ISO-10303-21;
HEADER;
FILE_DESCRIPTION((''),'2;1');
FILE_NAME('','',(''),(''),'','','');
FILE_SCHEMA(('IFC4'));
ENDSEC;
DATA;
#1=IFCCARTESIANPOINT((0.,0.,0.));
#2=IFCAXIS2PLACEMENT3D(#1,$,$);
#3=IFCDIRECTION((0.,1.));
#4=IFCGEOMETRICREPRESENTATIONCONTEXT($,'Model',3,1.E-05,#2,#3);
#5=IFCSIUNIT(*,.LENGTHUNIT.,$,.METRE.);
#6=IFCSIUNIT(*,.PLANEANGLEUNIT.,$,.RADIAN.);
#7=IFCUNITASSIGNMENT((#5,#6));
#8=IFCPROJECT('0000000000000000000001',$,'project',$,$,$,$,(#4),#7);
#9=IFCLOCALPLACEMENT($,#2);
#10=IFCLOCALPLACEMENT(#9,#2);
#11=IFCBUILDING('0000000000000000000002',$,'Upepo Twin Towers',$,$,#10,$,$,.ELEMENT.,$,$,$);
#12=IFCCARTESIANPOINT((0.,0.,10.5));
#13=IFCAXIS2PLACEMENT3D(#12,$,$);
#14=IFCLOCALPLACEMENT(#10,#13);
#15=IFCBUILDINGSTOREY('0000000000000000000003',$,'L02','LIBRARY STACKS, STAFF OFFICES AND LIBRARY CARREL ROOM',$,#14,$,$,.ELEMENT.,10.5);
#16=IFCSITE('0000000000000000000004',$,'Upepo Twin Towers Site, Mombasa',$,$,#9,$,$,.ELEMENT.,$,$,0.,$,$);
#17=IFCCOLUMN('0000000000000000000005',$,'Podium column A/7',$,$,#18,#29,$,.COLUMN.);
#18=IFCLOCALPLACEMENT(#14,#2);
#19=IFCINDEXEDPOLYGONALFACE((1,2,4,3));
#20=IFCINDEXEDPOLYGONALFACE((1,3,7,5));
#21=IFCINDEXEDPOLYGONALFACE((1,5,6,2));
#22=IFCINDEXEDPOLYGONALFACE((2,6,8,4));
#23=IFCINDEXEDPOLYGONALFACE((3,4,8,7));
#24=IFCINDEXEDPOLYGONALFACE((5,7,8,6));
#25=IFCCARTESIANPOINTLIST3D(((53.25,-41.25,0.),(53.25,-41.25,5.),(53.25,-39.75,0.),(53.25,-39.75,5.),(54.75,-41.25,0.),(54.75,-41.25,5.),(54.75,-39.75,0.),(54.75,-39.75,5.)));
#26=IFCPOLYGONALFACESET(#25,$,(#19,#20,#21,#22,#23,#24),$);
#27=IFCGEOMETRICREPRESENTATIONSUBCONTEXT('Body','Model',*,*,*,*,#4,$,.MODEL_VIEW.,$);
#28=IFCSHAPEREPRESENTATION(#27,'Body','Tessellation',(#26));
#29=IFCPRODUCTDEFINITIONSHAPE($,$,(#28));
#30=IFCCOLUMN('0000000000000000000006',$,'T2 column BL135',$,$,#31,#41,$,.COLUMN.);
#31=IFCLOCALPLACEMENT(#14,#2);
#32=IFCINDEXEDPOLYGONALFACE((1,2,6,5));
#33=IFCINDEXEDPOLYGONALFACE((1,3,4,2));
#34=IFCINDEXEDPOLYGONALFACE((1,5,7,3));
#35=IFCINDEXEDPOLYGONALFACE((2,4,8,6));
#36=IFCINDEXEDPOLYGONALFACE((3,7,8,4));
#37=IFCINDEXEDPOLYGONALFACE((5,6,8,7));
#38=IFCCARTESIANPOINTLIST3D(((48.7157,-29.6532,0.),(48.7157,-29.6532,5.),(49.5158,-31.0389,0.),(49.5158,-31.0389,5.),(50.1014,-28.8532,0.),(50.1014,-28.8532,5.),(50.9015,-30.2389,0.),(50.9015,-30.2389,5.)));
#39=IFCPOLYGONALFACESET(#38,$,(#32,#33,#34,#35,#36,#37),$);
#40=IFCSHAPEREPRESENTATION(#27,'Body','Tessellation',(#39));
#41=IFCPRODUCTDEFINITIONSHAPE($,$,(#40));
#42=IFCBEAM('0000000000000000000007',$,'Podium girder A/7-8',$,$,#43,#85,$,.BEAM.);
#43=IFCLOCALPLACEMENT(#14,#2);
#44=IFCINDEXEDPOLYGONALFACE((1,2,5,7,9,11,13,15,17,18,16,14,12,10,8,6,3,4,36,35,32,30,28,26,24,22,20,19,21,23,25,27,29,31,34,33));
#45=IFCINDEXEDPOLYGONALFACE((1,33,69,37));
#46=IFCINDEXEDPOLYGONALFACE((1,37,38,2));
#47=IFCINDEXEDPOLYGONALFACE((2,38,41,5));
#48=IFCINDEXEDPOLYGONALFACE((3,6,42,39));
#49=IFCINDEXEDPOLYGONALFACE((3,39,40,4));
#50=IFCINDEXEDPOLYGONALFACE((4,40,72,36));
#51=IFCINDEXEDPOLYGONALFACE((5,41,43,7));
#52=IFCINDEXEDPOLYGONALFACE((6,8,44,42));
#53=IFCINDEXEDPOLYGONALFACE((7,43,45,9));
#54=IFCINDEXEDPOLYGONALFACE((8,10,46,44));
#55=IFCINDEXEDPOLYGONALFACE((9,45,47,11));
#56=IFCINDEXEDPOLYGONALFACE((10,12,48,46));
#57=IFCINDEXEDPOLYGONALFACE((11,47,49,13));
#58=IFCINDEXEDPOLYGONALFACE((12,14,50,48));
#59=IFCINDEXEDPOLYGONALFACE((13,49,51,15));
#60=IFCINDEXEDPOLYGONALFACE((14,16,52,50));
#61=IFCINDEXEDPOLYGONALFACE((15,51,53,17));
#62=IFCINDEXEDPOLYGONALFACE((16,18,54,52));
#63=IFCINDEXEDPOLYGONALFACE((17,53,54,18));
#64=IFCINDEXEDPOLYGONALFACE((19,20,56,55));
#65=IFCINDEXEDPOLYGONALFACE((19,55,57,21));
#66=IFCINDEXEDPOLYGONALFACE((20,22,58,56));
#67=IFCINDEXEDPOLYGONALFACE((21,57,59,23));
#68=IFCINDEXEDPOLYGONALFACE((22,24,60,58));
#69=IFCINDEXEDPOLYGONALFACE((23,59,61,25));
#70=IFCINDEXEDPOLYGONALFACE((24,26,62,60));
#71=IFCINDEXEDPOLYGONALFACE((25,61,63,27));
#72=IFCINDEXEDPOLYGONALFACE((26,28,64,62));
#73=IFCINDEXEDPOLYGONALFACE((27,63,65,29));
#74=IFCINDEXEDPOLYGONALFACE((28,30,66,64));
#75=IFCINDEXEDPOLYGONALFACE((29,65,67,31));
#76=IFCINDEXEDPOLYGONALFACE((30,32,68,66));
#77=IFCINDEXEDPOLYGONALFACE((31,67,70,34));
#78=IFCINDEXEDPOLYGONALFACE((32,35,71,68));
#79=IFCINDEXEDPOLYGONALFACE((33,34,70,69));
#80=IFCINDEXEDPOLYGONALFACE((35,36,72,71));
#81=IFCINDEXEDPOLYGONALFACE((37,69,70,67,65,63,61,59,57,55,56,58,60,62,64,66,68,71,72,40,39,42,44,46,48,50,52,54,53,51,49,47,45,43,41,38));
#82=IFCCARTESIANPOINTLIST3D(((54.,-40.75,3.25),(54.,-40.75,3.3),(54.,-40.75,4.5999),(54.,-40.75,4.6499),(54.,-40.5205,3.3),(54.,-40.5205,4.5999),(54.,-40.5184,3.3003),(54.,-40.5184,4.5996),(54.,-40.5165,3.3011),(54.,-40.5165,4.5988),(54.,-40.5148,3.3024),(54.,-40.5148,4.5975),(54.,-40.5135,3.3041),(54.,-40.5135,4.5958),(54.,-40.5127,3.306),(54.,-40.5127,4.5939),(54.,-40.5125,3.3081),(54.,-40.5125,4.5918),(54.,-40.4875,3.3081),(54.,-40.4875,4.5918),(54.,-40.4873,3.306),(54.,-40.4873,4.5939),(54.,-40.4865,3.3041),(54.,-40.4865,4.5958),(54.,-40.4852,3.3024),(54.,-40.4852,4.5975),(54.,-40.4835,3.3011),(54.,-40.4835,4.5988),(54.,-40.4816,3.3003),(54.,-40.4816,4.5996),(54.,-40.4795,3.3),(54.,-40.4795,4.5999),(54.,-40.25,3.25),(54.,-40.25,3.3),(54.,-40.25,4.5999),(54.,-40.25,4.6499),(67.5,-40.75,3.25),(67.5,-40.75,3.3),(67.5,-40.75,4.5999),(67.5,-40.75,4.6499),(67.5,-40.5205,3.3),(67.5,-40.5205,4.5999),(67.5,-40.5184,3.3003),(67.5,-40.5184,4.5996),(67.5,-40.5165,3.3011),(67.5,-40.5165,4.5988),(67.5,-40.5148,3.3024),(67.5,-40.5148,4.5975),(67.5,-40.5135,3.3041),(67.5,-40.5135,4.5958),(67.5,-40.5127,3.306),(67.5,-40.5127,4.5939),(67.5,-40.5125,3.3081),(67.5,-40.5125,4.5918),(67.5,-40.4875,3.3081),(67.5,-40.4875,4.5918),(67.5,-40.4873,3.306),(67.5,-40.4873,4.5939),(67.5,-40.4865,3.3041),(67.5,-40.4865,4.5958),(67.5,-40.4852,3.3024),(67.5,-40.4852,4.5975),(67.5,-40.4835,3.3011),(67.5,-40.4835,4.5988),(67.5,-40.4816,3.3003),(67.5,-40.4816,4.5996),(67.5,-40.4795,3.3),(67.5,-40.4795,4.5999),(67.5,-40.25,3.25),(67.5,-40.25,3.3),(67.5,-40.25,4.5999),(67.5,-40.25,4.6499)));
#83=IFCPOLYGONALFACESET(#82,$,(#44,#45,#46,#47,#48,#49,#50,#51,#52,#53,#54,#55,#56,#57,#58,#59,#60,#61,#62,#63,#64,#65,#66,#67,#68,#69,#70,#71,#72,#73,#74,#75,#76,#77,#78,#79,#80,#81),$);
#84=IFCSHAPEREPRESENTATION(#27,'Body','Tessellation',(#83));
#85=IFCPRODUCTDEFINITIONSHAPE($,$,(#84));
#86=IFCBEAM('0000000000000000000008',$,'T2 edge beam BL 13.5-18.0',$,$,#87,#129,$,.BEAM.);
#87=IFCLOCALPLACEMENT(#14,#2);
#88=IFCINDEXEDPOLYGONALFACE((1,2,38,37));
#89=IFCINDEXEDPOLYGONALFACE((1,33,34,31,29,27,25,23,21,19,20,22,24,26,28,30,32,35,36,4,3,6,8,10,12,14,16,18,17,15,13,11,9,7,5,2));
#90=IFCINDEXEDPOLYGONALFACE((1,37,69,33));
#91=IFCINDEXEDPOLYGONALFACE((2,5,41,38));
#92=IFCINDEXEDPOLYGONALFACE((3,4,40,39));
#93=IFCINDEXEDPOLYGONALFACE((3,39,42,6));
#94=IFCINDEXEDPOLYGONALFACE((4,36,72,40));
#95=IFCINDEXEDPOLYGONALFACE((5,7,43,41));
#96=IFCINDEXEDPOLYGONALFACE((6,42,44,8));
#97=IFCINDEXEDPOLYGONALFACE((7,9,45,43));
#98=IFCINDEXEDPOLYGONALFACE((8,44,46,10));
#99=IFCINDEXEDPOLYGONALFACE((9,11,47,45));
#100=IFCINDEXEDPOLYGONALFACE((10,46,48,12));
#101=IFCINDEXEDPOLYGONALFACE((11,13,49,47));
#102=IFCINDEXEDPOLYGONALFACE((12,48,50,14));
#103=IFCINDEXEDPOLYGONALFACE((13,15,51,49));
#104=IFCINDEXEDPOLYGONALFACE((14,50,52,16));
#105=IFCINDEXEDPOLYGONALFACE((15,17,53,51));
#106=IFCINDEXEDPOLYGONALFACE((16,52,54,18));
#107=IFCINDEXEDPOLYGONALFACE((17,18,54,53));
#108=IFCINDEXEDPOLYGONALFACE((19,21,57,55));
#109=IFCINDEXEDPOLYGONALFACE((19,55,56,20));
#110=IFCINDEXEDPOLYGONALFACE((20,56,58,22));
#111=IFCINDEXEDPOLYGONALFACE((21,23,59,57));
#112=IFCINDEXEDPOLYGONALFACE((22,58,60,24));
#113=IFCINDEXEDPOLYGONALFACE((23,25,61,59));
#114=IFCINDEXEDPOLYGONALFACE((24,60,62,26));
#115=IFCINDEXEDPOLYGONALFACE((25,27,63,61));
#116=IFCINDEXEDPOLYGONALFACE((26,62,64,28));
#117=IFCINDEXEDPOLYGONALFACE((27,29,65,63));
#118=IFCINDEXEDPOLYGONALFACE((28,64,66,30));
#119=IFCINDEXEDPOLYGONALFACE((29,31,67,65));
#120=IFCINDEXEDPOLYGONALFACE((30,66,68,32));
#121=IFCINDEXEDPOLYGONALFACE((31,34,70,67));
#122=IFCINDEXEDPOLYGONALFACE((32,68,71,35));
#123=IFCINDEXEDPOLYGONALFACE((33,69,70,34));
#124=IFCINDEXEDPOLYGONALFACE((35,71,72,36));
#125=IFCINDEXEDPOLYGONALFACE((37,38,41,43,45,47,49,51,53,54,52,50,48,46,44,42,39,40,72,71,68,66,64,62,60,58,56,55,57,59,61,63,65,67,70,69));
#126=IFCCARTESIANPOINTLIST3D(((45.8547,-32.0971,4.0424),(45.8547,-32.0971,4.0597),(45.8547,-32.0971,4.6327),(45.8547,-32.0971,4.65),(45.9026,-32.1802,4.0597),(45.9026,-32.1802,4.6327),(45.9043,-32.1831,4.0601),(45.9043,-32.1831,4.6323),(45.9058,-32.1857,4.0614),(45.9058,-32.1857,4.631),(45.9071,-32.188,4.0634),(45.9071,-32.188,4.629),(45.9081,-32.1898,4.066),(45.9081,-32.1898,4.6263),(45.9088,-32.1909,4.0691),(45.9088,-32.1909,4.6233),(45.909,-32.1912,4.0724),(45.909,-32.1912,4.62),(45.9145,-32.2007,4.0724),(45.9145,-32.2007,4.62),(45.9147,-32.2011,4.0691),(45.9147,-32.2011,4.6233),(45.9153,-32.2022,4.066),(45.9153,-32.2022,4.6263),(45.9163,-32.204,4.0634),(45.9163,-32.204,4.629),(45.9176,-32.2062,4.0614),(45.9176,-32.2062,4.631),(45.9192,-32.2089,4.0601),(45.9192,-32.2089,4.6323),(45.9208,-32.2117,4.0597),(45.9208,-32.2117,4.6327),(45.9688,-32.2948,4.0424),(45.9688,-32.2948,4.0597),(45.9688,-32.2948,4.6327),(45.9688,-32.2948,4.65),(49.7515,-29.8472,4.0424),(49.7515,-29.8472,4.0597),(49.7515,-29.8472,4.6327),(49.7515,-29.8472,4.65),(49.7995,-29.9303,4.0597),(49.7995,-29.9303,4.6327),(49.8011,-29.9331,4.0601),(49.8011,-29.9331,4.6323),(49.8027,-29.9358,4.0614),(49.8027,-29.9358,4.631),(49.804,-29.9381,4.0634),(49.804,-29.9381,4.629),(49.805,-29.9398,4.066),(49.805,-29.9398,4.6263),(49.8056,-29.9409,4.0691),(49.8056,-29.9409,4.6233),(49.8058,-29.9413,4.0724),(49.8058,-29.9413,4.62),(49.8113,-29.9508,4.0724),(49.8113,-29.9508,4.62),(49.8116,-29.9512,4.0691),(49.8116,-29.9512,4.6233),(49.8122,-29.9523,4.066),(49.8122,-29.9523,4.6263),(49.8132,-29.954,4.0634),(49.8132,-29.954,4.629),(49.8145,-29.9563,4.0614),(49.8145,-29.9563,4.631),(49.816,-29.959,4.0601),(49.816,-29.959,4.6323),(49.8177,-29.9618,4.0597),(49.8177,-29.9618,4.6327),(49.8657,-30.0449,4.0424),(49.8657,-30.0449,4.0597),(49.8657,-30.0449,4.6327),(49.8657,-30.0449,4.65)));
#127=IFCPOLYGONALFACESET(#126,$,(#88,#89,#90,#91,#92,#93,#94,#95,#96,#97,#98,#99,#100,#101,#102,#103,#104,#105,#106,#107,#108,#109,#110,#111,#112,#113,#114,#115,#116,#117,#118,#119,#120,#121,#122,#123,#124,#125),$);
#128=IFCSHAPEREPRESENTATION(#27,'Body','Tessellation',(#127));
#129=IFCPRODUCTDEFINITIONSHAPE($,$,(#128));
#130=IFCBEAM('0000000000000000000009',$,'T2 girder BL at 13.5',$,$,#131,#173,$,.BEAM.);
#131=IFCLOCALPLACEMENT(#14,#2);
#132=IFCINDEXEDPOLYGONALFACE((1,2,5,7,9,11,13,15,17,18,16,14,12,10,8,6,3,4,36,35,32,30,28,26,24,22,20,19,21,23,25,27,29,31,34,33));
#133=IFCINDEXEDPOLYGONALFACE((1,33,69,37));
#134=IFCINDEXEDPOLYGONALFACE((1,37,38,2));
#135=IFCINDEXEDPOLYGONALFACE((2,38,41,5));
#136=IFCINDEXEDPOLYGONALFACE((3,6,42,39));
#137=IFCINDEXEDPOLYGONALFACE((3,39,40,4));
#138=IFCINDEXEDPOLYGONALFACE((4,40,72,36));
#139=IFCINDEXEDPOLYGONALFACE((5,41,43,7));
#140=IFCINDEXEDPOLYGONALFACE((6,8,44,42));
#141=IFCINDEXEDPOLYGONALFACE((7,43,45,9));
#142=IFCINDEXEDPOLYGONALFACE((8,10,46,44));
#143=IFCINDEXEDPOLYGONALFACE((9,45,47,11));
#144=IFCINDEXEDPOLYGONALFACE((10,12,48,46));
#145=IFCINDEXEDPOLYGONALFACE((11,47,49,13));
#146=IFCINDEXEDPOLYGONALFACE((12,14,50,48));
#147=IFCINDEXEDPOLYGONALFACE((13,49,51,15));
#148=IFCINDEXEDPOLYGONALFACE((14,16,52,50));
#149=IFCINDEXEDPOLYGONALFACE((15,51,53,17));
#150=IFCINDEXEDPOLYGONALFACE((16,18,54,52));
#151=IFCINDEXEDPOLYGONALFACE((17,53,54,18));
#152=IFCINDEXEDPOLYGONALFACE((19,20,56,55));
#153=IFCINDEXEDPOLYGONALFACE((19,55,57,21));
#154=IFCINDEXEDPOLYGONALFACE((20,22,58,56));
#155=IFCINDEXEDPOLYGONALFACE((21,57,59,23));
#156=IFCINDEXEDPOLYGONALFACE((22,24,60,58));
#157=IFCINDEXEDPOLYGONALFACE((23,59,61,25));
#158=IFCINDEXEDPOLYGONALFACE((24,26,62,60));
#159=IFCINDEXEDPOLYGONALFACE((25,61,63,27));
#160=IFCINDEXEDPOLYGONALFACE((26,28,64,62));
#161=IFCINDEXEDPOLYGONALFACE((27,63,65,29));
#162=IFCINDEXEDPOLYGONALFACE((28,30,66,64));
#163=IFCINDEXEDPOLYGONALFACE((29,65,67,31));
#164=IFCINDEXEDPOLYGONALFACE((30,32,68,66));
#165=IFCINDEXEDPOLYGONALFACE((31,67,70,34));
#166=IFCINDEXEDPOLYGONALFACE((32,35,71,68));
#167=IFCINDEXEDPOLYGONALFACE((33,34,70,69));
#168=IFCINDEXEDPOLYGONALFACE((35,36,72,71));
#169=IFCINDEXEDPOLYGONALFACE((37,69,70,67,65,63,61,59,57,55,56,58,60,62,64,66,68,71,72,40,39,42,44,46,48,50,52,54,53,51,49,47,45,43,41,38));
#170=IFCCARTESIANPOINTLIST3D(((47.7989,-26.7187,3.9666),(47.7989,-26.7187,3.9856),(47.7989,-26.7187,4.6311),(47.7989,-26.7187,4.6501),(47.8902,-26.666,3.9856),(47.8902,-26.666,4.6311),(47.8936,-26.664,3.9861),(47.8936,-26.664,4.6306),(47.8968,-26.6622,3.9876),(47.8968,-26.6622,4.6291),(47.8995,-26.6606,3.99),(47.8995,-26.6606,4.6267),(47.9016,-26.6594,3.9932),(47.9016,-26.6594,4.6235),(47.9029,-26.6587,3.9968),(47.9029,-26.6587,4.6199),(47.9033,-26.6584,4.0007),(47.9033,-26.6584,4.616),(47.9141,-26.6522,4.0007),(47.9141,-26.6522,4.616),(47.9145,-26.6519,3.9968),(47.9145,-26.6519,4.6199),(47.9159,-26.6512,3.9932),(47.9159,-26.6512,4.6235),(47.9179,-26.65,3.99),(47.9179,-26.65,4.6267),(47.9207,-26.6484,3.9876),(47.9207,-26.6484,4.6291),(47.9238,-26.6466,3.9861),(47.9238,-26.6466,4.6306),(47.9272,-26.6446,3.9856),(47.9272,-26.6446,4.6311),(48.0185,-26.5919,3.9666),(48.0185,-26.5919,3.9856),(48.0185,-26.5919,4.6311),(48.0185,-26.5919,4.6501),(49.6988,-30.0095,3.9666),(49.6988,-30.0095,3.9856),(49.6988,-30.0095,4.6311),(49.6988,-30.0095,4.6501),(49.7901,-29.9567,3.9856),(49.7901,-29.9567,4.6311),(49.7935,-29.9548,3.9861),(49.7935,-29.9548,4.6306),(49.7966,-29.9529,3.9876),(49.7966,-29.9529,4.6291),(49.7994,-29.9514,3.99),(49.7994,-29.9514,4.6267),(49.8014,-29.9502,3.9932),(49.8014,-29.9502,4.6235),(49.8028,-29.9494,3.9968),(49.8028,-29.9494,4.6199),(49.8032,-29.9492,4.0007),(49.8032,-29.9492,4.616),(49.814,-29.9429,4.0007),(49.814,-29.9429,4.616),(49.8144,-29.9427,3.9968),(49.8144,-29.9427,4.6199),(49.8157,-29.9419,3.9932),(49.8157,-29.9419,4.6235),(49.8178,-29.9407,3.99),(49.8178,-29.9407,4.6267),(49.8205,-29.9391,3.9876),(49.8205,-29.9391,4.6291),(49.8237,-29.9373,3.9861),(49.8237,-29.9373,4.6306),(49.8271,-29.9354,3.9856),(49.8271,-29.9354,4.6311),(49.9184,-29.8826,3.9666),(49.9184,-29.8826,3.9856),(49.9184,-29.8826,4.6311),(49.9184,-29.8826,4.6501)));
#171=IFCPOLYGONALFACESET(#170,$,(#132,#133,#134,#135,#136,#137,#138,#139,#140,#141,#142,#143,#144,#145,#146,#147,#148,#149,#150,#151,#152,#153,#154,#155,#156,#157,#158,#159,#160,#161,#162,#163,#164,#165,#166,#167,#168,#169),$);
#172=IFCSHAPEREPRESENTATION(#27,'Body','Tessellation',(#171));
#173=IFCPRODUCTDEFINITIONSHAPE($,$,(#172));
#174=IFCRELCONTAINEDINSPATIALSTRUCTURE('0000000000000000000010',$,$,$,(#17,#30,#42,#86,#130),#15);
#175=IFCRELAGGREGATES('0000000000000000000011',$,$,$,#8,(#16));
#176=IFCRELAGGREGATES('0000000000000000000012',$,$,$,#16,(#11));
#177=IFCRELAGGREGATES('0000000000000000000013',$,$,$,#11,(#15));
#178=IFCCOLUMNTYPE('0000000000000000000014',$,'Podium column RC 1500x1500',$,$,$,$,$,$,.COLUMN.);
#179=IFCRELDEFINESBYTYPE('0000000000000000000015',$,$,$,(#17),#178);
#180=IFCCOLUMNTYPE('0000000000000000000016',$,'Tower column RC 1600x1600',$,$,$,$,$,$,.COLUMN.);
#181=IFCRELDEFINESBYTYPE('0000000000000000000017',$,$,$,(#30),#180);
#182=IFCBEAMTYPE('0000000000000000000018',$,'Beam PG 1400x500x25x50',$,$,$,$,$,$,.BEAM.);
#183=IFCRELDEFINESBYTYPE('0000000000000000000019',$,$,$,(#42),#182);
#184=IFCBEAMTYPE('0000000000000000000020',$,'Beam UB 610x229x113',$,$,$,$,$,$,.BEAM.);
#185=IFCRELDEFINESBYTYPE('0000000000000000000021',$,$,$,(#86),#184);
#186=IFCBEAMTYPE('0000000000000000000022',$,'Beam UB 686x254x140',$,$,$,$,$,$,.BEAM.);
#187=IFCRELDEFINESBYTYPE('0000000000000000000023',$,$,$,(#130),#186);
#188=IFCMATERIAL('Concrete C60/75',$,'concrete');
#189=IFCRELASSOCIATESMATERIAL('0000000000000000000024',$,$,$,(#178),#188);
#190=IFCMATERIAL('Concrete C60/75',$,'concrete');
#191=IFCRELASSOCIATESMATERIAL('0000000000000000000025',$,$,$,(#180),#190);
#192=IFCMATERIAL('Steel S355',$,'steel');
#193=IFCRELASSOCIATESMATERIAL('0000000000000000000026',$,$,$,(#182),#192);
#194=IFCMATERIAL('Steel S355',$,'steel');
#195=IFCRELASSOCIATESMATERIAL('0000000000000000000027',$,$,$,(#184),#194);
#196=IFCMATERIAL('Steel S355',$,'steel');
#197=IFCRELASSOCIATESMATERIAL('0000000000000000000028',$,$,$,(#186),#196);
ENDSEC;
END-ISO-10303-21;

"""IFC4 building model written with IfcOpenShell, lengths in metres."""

from ifc_helpers import new_model, si_unit, direction, frame, origin, origin_2d, place, context, subcontext, project, spatial, rectangle, i_section, extrude, material, material_profile, profile_set, type_object, element, save


model = new_model("IFC4")

# Units and contexts
model_context = context("Model", 3, precision=1e-05, world=origin(), true_north=direction((0.0, 1.0)))
body_context = subcontext(model_context, "Body", "Model", "MODEL_VIEW")
ifc_project = project(units=[si_unit("LENGTHUNIT", "METRE"), si_unit("PLANEANGLEUNIT", "RADIAN")], contexts=[model_context])

# Site, building, storey
site_placement = place(None, origin())
site = spatial("IfcSite", under=ifc_project, at=site_placement, Name="Upepo Twin Towers Site, Mombasa", CompositionType="ELEMENT", RefElevation=0.0)
building_placement = place(site_placement, origin())
building = spatial("IfcBuilding", under=site, at=building_placement, Name="Upepo Twin Towers", CompositionType="ELEMENT")
storey_placement = place(building_placement, frame((0.0, 0.0, 10.5)))
storey = spatial("IfcBuildingStorey", under=building, at=storey_placement, Name="L02", Description="LIBRARY STACKS, STAFF OFFICES AND LIBRARY CARREL ROOM", CompositionType="ELEMENT", Elevation=10.5)

# Columns
ifc_material_1 = material(Name="Concrete C60/75", Category="concrete")
ifc_material_profile_1 = material_profile(ifc_material_1, rectangle(XDim=1.5, YDim=1.5, at=origin_2d()), Name="RC 1500x1500")
ifc_profile_set_1 = profile_set([ifc_material_profile_1], Name="Concrete C60/75")
column_type_1 = type_object("IfcColumnType", Name="Podium column RC 1500x1500", PredefinedType="COLUMN", material=ifc_profile_set_1)
column_1_placement = place(storey_placement, frame((54.0, -40.5, 0.0), z_axis=(0.0, 0.0, 1.0), x_axis=(1.0, 0.0, 0.0)))
element("IfcColumn", 1, at=column_1_placement, inside=storey, type_object=column_type_1, Name="Podium column A/7", PredefinedType="COLUMN", context=body_context, shape_type="SweptSolid", body=[
    extrude(rectangle(XDim=1.5, YDim=1.5, at=origin_2d()), origin(), (0.0, 0.0, 1.0), 5.0),
])
ifc_material_2 = material(Name="Concrete C60/75", Category="concrete")
ifc_material_profile_2 = material_profile(ifc_material_2, rectangle(XDim=1.6001, YDim=1.6001, at=origin_2d()), Name="RC 1600x1600")
ifc_profile_set_2 = profile_set([ifc_material_profile_2], Name="Concrete C60/75")
column_type_2 = type_object("IfcColumnType", Name="Tower column RC 1600x1600", PredefinedType="COLUMN", material=ifc_profile_set_2)
column_2_placement = place(storey_placement, frame((49.8086, -29.946, 0.0), z_axis=(0.0, 0.0, 1.0), x_axis=(0.866025, 0.5, 0.0)))
element("IfcColumn", 2, at=column_2_placement, inside=storey, type_object=column_type_2, Name="T2 column BL135", PredefinedType="COLUMN", context=body_context, shape_type="SweptSolid", body=[
    extrude(rectangle(XDim=1.6001, YDim=1.6001, at=origin_2d()), origin(), (0.0, 0.0, 1.0), 5.0),
])

# Beams
ifc_material_3 = material(Name="Steel S355", Category="steel")
ifc_material_profile_3 = material_profile(ifc_material_3, i_section(OverallWidth=0.5, OverallDepth=1.3999, WebThickness=0.0249, FlangeThickness=0.05, FilletRadius=0.0081, at=origin_2d()), Name="PG 1400x500x25x50")
ifc_profile_set_3 = profile_set([ifc_material_profile_3], Name="Steel S355")
beam_type_1 = type_object("IfcBeamType", Name="Beam PG 1400x500x25x50", PredefinedType="BEAM", material=ifc_profile_set_3)
beam_1_placement = place(storey_placement, frame((54.0, -40.5, 3.95), z_axis=(1.0, 0.0, 0.0), x_axis=(0.0, 1.0, 0.0)))
element("IfcBeam", 3, at=beam_1_placement, inside=storey, type_object=beam_type_1, Name="Podium girder A/7-8", PredefinedType="BEAM", context=body_context, shape_type="SweptSolid", body=[
    extrude(i_section(OverallWidth=0.5, OverallDepth=1.3999, WebThickness=0.0249, FlangeThickness=0.05, FilletRadius=0.0081, at=origin_2d()), origin(), (0.0, 0.0, 1.0), 13.5),
])
ifc_material_4 = material(Name="Steel S355", Category="steel")
ifc_material_profile_4 = material_profile(ifc_material_4, i_section(OverallWidth=0.2283, OverallDepth=0.6077, WebThickness=0.011, FlangeThickness=0.0173, FilletRadius=0.0127, at=origin_2d()), Name="UB 610x229x113")
ifc_profile_set_4 = profile_set([ifc_material_profile_4], Name="Steel S355")
beam_type_2 = type_object("IfcBeamType", Name="Beam UB 610x229x113", PredefinedType="BEAM", material=ifc_profile_set_4)
beam_2_placement = place(storey_placement, frame((49.8086, -29.946, 4.3462), z_axis=(-0.866018, -0.500014, 0.0), x_axis=(0.500014, -0.866018, 0.0)))
element("IfcBeam", 4, at=beam_2_placement, inside=storey, type_object=beam_type_2, Name="T2 edge beam BL 13.5-18.0", PredefinedType="BEAM", context=body_context, shape_type="SweptSolid", body=[
    extrude(i_section(OverallWidth=0.2283, OverallDepth=0.6077, WebThickness=0.011, FlangeThickness=0.0173, FilletRadius=0.0127, at=origin_2d()), origin(), (0.0, 0.0, 1.0), 4.4998),
])
ifc_material_5 = material(Name="Steel S355", Category="steel")
ifc_material_profile_5 = material_profile(ifc_material_5, i_section(OverallWidth=0.2537, OverallDepth=0.6836, WebThickness=0.0125, FlangeThickness=0.019, FilletRadius=0.0151, at=origin_2d()), Name="UB 686x254x140")
ifc_profile_set_5 = profile_set([ifc_material_profile_5], Name="Steel S355")
beam_type_3 = type_object("IfcBeamType", Name="Beam UB 686x254x140", PredefinedType="BEAM", material=ifc_profile_set_5)
beam_3_placement = place(storey_placement, frame((49.8086, -29.946, 4.3083), z_axis=(-0.499995, 0.866028, 0.0), x_axis=(-0.866028, -0.499995, 0.0)))
element("IfcBeam", 5, at=beam_3_placement, inside=storey, type_object=beam_type_3, Name="T2 girder BL at 13.5", PredefinedType="BEAM", context=body_context, shape_type="SweptSolid", body=[
    extrude(i_section(OverallWidth=0.2537, OverallDepth=0.6836, WebThickness=0.0125, FlangeThickness=0.019, FilletRadius=0.0151, at=origin_2d()), origin(), (0.0, 0.0, 1.0), 3.7998),
])

save(model, "model.ifc")
